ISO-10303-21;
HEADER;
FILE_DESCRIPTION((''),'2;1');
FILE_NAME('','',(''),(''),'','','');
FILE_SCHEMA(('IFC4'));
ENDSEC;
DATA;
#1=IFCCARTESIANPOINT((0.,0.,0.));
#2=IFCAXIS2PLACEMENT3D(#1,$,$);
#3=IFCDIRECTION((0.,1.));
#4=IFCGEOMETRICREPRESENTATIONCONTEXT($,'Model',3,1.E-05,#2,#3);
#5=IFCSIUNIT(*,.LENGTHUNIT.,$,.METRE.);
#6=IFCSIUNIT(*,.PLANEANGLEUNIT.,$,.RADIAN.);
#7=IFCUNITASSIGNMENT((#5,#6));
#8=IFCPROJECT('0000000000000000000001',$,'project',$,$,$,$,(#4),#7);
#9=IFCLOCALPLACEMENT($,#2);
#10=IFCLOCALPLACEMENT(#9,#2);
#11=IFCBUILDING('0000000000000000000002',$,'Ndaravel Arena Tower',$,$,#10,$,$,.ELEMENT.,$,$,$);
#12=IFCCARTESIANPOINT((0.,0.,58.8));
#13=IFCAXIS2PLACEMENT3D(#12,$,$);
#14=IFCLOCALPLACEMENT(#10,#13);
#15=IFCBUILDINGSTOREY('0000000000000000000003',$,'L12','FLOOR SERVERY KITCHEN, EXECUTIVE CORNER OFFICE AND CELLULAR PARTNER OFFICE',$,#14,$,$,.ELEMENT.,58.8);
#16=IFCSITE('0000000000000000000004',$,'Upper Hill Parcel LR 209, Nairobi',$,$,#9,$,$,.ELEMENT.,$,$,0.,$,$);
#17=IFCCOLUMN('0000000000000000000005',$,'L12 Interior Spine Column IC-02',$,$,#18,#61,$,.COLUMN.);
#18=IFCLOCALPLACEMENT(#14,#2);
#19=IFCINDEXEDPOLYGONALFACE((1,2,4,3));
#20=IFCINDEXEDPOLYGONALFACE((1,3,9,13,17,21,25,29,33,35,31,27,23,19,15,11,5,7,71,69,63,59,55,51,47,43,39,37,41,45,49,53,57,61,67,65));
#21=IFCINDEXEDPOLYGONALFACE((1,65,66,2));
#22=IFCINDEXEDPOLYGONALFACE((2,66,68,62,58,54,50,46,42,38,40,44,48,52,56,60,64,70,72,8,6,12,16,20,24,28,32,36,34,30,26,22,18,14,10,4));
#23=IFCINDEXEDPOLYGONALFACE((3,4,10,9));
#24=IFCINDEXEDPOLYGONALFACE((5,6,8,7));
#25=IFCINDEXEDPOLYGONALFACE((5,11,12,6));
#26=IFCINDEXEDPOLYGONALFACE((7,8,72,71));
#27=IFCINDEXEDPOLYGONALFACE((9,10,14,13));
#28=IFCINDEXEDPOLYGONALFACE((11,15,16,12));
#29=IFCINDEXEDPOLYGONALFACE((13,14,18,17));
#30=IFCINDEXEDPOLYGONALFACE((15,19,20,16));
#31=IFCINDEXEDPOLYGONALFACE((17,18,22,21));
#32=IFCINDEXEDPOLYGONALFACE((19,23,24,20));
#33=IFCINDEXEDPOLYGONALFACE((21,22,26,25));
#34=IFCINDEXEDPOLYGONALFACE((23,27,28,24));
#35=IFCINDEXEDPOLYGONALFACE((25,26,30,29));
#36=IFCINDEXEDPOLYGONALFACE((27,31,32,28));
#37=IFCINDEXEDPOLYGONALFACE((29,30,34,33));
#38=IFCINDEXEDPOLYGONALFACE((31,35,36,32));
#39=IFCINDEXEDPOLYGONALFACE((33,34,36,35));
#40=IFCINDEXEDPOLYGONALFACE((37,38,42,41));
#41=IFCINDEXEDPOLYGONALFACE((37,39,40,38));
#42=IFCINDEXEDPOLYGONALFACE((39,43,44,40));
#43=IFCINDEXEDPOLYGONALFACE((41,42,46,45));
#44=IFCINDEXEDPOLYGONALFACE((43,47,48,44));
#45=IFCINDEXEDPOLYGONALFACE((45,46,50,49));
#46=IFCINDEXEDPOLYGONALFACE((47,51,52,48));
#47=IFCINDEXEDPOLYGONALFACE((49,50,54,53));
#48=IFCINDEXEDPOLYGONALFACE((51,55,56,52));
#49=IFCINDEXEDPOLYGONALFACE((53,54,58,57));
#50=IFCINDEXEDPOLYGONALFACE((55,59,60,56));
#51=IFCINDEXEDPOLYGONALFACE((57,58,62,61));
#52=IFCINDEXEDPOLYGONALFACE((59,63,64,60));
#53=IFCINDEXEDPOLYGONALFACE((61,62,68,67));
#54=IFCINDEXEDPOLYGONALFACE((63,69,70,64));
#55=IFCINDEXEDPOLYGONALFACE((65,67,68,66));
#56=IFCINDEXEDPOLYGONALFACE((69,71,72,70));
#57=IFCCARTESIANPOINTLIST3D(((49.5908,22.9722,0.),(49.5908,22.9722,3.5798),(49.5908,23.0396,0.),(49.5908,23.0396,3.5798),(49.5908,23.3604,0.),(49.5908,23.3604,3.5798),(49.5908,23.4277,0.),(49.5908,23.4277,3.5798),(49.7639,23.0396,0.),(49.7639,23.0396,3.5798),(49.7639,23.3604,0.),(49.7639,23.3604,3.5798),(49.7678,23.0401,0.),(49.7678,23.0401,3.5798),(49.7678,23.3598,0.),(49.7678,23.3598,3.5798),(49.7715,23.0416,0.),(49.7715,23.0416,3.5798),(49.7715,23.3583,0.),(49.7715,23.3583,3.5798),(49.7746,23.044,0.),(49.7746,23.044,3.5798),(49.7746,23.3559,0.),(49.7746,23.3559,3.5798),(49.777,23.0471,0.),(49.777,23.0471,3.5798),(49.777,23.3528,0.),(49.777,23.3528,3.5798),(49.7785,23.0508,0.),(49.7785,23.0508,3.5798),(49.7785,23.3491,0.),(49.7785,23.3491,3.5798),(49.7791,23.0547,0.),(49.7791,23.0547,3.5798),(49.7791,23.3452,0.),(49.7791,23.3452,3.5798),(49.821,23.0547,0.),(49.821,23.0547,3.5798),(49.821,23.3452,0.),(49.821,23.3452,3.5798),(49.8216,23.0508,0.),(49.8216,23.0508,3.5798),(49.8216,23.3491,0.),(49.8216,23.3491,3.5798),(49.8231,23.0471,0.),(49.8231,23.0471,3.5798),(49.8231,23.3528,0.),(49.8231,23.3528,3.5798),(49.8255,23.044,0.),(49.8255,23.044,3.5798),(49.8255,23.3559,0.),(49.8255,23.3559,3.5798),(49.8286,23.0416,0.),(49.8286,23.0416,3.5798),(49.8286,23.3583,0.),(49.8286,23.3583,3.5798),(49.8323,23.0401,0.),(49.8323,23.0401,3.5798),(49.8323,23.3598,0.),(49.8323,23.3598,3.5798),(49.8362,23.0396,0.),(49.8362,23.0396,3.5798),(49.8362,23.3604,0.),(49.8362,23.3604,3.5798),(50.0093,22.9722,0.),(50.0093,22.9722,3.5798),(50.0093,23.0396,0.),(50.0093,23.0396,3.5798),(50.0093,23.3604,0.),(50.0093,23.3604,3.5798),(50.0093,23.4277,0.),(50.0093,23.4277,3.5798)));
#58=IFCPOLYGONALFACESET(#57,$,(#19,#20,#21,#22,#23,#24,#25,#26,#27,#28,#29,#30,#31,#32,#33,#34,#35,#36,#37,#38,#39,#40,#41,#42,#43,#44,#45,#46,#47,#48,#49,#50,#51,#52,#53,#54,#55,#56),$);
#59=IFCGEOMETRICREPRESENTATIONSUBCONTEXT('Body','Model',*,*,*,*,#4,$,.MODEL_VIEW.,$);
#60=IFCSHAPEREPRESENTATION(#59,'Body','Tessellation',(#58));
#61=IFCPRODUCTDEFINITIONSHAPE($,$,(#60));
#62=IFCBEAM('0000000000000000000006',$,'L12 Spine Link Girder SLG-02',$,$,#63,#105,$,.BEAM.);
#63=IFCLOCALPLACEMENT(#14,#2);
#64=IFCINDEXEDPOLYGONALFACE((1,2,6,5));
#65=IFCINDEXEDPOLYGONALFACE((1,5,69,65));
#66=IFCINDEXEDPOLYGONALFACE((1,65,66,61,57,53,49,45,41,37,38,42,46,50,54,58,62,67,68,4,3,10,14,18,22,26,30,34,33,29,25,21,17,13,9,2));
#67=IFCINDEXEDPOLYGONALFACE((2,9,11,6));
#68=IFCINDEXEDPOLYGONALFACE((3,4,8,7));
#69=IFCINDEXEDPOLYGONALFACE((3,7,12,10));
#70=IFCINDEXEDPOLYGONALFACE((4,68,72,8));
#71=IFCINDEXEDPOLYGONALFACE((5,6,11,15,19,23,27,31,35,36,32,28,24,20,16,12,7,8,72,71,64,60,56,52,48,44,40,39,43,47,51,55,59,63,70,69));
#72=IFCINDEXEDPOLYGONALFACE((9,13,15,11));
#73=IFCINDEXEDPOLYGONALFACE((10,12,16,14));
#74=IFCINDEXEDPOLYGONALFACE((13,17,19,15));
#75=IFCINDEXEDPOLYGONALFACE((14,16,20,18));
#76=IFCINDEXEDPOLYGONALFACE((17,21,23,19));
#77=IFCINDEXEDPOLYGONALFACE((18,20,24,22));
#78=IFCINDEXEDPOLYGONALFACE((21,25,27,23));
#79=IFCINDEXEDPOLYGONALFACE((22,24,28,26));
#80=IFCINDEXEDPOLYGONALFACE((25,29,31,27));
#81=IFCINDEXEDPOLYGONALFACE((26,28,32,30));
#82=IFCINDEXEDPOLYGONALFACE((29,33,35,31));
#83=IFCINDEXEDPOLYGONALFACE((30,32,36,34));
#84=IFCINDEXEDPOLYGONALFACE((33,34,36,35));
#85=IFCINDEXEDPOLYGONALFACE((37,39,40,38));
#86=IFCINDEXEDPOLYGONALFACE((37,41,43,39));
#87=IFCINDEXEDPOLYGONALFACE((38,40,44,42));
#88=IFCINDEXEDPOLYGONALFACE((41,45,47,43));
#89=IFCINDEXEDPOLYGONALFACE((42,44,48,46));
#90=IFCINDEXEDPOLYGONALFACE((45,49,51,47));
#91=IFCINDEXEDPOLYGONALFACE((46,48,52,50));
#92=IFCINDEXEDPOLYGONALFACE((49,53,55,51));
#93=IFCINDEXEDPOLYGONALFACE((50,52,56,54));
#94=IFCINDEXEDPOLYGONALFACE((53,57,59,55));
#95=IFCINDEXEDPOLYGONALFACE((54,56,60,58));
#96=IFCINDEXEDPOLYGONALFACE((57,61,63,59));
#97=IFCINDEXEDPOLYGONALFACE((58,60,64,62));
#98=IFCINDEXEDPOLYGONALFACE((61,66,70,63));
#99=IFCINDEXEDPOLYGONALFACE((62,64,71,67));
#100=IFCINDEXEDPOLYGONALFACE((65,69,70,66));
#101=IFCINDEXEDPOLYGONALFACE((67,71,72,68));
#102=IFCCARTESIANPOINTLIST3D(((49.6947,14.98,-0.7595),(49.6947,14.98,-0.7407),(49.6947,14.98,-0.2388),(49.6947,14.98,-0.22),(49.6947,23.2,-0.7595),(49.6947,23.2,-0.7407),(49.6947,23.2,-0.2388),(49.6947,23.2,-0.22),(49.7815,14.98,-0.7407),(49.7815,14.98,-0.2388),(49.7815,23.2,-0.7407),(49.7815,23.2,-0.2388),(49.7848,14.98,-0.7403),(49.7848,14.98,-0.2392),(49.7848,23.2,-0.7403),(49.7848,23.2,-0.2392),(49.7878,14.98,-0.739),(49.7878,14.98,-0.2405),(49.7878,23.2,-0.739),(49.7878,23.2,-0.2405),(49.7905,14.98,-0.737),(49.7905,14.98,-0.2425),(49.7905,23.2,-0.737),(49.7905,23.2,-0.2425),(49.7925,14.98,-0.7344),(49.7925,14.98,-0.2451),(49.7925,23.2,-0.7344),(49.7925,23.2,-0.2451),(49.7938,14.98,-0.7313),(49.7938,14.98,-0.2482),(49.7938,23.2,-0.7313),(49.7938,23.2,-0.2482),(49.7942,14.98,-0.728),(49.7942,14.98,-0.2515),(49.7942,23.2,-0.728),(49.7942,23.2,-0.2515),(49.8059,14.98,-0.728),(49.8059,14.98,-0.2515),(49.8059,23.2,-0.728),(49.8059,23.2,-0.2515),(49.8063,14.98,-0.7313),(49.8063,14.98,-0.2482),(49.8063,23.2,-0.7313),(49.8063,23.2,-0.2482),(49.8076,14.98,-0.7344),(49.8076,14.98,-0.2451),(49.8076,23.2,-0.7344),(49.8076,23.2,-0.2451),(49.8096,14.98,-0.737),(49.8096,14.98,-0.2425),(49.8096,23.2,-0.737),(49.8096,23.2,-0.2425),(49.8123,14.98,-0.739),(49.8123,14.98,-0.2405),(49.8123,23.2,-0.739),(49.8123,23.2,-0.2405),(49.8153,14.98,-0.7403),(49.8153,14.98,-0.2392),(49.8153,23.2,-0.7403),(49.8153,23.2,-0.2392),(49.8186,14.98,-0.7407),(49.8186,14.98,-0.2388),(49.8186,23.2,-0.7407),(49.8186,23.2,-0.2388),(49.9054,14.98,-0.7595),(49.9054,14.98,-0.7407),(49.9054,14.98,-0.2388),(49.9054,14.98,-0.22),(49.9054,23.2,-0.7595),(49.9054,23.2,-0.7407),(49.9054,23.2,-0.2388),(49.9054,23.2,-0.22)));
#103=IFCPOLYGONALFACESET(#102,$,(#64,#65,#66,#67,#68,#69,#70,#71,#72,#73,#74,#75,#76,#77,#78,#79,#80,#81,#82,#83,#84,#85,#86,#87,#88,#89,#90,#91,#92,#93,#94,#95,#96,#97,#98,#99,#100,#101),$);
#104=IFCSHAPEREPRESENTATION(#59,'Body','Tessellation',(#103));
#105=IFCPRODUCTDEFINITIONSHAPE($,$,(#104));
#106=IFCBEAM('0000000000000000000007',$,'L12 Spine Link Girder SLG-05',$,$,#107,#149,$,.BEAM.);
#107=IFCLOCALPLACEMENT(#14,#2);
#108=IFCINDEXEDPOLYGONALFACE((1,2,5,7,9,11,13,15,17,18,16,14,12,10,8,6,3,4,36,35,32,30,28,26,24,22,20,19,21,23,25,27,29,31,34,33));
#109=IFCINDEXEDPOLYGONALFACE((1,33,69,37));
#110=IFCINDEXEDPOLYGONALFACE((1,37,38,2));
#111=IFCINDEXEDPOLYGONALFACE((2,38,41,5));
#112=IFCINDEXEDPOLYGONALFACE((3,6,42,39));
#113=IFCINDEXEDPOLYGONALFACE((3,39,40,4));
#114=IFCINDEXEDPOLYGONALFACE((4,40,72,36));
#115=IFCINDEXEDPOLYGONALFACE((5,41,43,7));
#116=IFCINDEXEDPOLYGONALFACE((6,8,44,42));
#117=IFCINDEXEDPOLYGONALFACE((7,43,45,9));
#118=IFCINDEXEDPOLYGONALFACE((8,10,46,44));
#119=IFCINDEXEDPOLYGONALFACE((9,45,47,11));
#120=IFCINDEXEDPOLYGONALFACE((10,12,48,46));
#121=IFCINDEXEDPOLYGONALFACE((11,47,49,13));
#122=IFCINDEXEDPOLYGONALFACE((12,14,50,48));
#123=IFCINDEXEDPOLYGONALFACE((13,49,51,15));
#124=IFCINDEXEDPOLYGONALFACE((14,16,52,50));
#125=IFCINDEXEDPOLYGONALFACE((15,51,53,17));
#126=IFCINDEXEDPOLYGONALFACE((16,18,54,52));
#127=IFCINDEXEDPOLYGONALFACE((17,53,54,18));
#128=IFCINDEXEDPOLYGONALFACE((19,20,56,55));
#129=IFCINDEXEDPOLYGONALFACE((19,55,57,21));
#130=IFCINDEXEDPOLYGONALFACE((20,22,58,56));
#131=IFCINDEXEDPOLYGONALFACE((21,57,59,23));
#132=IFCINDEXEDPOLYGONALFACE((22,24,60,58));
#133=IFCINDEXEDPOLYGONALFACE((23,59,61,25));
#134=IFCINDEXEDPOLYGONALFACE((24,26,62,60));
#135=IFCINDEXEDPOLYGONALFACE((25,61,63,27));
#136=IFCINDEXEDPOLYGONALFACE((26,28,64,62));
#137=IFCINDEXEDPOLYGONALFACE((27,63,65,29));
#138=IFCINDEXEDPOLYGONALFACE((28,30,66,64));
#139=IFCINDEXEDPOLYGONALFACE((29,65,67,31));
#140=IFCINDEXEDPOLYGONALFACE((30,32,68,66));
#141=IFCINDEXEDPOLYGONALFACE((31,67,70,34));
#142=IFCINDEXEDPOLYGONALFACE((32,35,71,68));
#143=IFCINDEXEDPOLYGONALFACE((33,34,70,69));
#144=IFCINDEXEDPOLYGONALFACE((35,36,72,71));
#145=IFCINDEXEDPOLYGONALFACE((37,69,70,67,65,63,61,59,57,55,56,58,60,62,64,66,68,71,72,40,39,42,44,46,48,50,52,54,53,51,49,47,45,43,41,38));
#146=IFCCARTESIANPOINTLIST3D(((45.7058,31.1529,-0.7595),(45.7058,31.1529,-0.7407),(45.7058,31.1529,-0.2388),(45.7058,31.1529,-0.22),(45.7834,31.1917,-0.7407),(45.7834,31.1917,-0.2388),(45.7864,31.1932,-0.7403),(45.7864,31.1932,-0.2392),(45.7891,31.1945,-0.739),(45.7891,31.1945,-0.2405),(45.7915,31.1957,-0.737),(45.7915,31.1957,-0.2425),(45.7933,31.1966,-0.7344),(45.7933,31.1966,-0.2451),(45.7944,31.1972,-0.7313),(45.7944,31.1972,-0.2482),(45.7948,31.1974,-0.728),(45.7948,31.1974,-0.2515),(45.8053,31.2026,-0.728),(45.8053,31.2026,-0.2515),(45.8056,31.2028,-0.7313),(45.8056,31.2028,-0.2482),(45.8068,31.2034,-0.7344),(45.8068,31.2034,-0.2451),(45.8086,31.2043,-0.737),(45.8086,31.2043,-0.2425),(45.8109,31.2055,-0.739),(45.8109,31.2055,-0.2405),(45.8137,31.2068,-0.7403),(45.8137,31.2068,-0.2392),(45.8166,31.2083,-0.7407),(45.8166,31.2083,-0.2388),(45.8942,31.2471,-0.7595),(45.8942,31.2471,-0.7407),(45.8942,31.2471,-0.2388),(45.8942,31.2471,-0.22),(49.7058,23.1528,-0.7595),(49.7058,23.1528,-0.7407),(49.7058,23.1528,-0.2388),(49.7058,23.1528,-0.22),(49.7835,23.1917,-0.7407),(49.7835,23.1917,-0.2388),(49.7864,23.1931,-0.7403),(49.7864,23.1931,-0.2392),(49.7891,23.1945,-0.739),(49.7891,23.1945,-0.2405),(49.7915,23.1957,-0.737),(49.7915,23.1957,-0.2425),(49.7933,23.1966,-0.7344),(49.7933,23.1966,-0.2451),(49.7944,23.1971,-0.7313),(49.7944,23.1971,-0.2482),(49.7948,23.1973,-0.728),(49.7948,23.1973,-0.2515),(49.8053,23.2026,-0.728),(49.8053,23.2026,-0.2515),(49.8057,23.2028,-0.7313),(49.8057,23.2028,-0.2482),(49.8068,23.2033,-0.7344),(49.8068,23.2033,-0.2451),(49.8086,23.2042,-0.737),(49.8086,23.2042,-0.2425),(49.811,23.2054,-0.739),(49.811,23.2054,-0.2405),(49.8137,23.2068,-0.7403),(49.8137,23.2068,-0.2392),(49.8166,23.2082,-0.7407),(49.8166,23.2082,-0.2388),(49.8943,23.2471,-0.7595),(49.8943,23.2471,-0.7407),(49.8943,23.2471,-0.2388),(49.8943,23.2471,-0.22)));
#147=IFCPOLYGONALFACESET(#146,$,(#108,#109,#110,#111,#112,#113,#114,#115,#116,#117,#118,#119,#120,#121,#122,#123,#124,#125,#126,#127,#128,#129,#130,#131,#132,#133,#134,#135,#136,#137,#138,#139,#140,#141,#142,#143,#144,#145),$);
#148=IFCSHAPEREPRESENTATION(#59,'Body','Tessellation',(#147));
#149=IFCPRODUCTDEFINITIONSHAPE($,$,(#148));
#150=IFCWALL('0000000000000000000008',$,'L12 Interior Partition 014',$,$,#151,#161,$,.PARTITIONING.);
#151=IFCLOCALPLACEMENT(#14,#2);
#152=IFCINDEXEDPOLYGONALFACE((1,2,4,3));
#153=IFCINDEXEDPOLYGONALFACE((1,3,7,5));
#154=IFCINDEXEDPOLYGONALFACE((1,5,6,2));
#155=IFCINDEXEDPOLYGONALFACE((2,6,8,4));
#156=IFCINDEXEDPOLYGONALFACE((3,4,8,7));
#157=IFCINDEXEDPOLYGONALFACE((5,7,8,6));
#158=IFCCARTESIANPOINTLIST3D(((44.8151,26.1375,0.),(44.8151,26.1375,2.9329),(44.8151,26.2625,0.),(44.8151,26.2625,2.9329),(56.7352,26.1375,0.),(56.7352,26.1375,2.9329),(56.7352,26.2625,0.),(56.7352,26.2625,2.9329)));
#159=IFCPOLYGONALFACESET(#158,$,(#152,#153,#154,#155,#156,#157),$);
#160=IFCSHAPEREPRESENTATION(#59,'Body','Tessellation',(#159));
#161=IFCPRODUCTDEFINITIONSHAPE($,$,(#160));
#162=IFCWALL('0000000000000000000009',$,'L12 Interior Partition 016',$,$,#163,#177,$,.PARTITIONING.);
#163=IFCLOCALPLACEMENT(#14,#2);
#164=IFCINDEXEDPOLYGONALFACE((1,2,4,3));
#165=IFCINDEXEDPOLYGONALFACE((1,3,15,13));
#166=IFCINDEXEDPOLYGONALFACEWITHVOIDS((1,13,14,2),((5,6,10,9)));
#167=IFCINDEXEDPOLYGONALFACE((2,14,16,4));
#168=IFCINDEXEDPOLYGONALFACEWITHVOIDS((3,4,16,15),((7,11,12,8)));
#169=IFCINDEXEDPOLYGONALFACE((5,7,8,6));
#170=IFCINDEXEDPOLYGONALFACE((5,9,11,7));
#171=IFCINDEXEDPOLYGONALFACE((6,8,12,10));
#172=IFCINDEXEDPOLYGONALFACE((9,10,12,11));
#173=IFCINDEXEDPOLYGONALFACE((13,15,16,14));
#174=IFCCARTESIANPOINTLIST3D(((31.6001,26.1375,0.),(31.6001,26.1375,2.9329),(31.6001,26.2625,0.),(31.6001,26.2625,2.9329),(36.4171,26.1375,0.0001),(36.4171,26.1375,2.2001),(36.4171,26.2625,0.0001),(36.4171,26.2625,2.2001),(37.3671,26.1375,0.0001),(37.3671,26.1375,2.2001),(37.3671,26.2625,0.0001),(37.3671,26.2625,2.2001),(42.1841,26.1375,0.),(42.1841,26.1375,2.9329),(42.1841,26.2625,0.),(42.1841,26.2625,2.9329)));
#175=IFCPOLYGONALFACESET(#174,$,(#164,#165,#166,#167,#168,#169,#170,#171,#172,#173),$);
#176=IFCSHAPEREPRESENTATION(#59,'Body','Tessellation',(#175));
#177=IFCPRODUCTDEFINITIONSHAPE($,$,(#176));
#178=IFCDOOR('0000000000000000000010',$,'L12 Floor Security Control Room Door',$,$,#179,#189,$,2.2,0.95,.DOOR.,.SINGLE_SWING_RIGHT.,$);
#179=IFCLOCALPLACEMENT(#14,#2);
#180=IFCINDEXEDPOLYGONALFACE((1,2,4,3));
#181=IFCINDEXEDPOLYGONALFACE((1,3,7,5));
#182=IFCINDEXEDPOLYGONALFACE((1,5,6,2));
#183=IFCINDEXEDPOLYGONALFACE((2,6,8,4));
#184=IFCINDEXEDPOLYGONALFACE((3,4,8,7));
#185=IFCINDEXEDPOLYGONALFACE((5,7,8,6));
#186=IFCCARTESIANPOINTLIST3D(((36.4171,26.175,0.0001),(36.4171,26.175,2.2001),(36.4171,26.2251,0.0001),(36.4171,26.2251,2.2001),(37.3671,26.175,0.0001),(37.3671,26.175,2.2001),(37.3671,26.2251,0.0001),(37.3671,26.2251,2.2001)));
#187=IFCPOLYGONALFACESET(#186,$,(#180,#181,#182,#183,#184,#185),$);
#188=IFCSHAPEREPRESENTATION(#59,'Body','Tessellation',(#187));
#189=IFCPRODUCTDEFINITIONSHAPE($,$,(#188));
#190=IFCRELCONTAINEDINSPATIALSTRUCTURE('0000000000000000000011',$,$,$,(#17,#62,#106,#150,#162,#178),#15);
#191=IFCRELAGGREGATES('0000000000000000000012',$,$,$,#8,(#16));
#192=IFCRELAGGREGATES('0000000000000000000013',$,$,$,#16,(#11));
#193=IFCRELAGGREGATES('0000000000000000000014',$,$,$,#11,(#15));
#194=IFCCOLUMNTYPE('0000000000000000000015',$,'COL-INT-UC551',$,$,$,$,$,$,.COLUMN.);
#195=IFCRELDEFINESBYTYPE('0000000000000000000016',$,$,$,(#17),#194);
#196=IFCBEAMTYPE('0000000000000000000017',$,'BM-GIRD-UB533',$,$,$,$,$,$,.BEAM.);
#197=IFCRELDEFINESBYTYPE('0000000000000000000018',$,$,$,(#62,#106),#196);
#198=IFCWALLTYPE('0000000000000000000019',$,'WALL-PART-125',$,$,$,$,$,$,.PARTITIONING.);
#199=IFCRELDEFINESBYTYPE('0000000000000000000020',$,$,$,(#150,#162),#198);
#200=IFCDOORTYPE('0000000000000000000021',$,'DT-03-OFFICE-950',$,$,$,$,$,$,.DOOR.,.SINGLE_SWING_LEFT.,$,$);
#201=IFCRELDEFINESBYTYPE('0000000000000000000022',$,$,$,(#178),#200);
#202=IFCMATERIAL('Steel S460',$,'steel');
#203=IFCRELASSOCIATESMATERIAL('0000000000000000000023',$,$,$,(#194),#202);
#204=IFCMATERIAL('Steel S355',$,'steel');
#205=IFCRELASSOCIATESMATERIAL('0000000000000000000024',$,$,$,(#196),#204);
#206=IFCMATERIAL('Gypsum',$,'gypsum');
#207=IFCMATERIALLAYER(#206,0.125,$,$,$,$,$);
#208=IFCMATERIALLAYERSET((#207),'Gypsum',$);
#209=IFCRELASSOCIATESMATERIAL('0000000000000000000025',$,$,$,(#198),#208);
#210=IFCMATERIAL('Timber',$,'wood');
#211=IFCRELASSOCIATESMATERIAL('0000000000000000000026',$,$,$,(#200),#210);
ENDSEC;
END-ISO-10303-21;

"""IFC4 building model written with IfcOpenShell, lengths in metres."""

from ifc_helpers import new_model, si_unit, direction, frame, frame_2d, origin, origin_2d, place, context, subcontext, project, spatial, rectangle, i_section, extrude, material, layer, layer_set, material_profile, profile_set, type_object, element, fill, save


model = new_model("IFC4")

# Units and contexts
model_context = context("Model", 3, precision=1e-05, world=origin(), true_north=direction((0.0, 1.0)))
body_context = subcontext(model_context, "Body", "Model", "MODEL_VIEW")
ifc_project = project(units=[si_unit("LENGTHUNIT", "METRE"), si_unit("PLANEANGLEUNIT", "RADIAN")], contexts=[model_context])

# Site, building, storey
site_placement = place(None, origin())
site = spatial("IfcSite", under=ifc_project, at=site_placement, Name="Upper Hill Parcel LR 209, Nairobi", CompositionType="ELEMENT", RefElevation=0.0)
building_placement = place(site_placement, origin())
building = spatial("IfcBuilding", under=site, at=building_placement, Name="Ndaravel Arena Tower", CompositionType="ELEMENT")
storey_placement = place(building_placement, frame((0.0, 0.0, 58.8)))
storey = spatial("IfcBuildingStorey", under=building, at=storey_placement, Name="L12", Description="FLOOR SERVERY KITCHEN, EXECUTIVE CORNER OFFICE AND CELLULAR PARTNER OFFICE", CompositionType="ELEMENT", Elevation=58.8)

# Column
ifc_material_1 = material(Name="Steel S460", Category="steel")
ifc_material_profile_1 = material_profile(ifc_material_1, i_section(OverallWidth=0.4185, OverallDepth=0.4556, WebThickness=0.042, FlangeThickness=0.0674, FilletRadius=0.0151, at=origin_2d()), Name="UC 356x406x551")
ifc_profile_set_1 = profile_set([ifc_material_profile_1], Name="Steel S460")
column_type = type_object("IfcColumnType", Name="COL-INT-UC551", PredefinedType="COLUMN", material=ifc_profile_set_1)
column_placement = place(storey_placement, frame((49.8, 23.2, 0.0), z_axis=(0.0, 0.0, 1.0), x_axis=(1.0, 0.0, 0.0)))
element("IfcColumn", 1, at=column_placement, inside=storey, type_object=column_type, Name="L12 Interior Spine Column IC-02", PredefinedType="COLUMN", context=body_context, shape_type="SweptSolid", body=[
    extrude(i_section(OverallWidth=0.4185, OverallDepth=0.4556, WebThickness=0.042, FlangeThickness=0.0674, FilletRadius=0.0151, at=origin_2d()), origin(), (0.0, 0.0, 1.0), 3.5798),
])

# Beams
ifc_material_2 = material(Name="Steel S355", Category="steel")
ifc_material_profile_2 = material_profile(ifc_material_2, i_section(OverallWidth=0.2107, OverallDepth=0.5396, WebThickness=0.0117, FlangeThickness=0.0188, FilletRadius=0.0127, at=origin_2d()), Name="UB 533x210x109")
ifc_profile_set_2 = profile_set([ifc_material_profile_2], Name="Steel S355")
beam_type = type_object("IfcBeamType", Name="BM-GIRD-UB533", PredefinedType="BEAM", material=ifc_profile_set_2)
beam_1_placement = place(storey_placement, frame((49.8, 14.98, -0.4897), z_axis=(0.0, 1.0, 0.0), x_axis=(-1.0, 0.0, 0.0)))
element("IfcBeam", 2, at=beam_1_placement, inside=storey, type_object=beam_type, Name="L12 Spine Link Girder SLG-02", PredefinedType="BEAM", context=body_context, shape_type="SweptSolid", body=[
    extrude(i_section(OverallWidth=0.2107, OverallDepth=0.5396, WebThickness=0.0117, FlangeThickness=0.0188, FilletRadius=0.0127, at=origin_2d()), origin(), (0.0, 0.0, 1.0), 8.22),
])
beam_2_placement = place(storey_placement, frame((49.8, 23.2, -0.4897), z_axis=(-0.447214, 0.894427, 0.0), x_axis=(-0.894427, -0.447214, 0.0)))
element("IfcBeam", 3, at=beam_2_placement, inside=storey, type_object=beam_type, Name="L12 Spine Link Girder SLG-05", PredefinedType="BEAM", context=body_context, shape_type="SweptSolid", body=[
    extrude(i_section(OverallWidth=0.2107, OverallDepth=0.5396, WebThickness=0.0117, FlangeThickness=0.0188, FilletRadius=0.0127, at=origin_2d()), origin(), (0.0, 0.0, 1.0), 8.9443),
])

# Wall
ifc_material_3 = material(Name="Gypsum", Category="gypsum")
ifc_layer_1 = layer(ifc_material_3, 0.125)
ifc_layer_set_1 = layer_set([ifc_layer_1], Name="Gypsum")
wall_type_1 = type_object("IfcWallType", Name="WALL-PART-125", PredefinedType="PARTITIONING", material=ifc_layer_set_1)
wall_1_placement = place(storey_placement, frame((56.7351, 26.2, 0.0), z_axis=(0.0, 0.0, 1.0), x_axis=(-1.0, 0.0, 0.0)))
element("IfcWall", 4, at=wall_1_placement, inside=storey, type_object=wall_type_1, Name="L12 Interior Partition 014", PredefinedType="PARTITIONING", context=body_context, shape_type="SweptSolid", body=[
    extrude(rectangle(XDim=11.9202, YDim=0.125, at=frame_2d((5.96, 0.0))), origin(), (0.0, 0.0, 1.0), 2.9329),
])

# Wall, opening, door
wall_2_placement = place(storey_placement, frame((42.1841, 26.2, 0.0), z_axis=(0.0, 0.0, 1.0), x_axis=(-1.0, 0.0, 0.0)))
wall_2 = element("IfcWall", 5, at=wall_2_placement, inside=storey, type_object=wall_type_1, Name="L12 Interior Partition 016", PredefinedType="PARTITIONING", context=body_context, shape_type="SweptSolid", body=[
    extrude(rectangle(XDim=10.584, YDim=0.125, at=frame_2d((5.292, 0.0))), origin(), (0.0, 0.0, 1.0), 2.9329),
])
opening_1_placement = place(wall_2_placement, frame((4.8169, 0.0, 0.0)))
opening_1 = element("IfcOpeningElement", 6, at=opening_1_placement, cuts=wall_2, PredefinedType="OPENING", context=body_context, shape_type="SweptSolid", body=[
    extrude(rectangle(XDim=0.95, YDim=2.2, at=frame_2d((0.4751, 1.1001))), frame((0.0, 0.0625, 0.0), z_axis=(0.0, -1.0, 0.0), x_axis=(1.0, 0.0, 0.0)), (0.0, 0.0, 1.0), 0.125),
])
ifc_material_4 = material(Name="Timber", Category="wood")
door_type_1 = type_object("IfcDoorType", Name="DT-03-OFFICE-950", OperationType="SINGLE_SWING_LEFT", PredefinedType="DOOR", material=ifc_material_4)
door_1_placement = place(opening_1_placement, origin())
door_1 = element("IfcDoor", 7, at=door_1_placement, inside=storey, type_object=door_type_1, Name="L12 Floor Security Control Room Door", OperationType="SINGLE_SWING_RIGHT", OverallHeight=2.2, OverallWidth=0.95, PredefinedType="DOOR", context=body_context, shape_type="SweptSolid", body=[
    extrude(rectangle(XDim=0.95, YDim=2.2, at=frame_2d((0.4751, 1.1001))), frame((0.0, 0.0249, 0.0), z_axis=(0.0, -1.0, 0.0), x_axis=(1.0, 0.0, 0.0)), (0.0, 0.0, 1.0), 0.05),
])
fill(opening_1, door_1)

save(model, "model.ifc")
